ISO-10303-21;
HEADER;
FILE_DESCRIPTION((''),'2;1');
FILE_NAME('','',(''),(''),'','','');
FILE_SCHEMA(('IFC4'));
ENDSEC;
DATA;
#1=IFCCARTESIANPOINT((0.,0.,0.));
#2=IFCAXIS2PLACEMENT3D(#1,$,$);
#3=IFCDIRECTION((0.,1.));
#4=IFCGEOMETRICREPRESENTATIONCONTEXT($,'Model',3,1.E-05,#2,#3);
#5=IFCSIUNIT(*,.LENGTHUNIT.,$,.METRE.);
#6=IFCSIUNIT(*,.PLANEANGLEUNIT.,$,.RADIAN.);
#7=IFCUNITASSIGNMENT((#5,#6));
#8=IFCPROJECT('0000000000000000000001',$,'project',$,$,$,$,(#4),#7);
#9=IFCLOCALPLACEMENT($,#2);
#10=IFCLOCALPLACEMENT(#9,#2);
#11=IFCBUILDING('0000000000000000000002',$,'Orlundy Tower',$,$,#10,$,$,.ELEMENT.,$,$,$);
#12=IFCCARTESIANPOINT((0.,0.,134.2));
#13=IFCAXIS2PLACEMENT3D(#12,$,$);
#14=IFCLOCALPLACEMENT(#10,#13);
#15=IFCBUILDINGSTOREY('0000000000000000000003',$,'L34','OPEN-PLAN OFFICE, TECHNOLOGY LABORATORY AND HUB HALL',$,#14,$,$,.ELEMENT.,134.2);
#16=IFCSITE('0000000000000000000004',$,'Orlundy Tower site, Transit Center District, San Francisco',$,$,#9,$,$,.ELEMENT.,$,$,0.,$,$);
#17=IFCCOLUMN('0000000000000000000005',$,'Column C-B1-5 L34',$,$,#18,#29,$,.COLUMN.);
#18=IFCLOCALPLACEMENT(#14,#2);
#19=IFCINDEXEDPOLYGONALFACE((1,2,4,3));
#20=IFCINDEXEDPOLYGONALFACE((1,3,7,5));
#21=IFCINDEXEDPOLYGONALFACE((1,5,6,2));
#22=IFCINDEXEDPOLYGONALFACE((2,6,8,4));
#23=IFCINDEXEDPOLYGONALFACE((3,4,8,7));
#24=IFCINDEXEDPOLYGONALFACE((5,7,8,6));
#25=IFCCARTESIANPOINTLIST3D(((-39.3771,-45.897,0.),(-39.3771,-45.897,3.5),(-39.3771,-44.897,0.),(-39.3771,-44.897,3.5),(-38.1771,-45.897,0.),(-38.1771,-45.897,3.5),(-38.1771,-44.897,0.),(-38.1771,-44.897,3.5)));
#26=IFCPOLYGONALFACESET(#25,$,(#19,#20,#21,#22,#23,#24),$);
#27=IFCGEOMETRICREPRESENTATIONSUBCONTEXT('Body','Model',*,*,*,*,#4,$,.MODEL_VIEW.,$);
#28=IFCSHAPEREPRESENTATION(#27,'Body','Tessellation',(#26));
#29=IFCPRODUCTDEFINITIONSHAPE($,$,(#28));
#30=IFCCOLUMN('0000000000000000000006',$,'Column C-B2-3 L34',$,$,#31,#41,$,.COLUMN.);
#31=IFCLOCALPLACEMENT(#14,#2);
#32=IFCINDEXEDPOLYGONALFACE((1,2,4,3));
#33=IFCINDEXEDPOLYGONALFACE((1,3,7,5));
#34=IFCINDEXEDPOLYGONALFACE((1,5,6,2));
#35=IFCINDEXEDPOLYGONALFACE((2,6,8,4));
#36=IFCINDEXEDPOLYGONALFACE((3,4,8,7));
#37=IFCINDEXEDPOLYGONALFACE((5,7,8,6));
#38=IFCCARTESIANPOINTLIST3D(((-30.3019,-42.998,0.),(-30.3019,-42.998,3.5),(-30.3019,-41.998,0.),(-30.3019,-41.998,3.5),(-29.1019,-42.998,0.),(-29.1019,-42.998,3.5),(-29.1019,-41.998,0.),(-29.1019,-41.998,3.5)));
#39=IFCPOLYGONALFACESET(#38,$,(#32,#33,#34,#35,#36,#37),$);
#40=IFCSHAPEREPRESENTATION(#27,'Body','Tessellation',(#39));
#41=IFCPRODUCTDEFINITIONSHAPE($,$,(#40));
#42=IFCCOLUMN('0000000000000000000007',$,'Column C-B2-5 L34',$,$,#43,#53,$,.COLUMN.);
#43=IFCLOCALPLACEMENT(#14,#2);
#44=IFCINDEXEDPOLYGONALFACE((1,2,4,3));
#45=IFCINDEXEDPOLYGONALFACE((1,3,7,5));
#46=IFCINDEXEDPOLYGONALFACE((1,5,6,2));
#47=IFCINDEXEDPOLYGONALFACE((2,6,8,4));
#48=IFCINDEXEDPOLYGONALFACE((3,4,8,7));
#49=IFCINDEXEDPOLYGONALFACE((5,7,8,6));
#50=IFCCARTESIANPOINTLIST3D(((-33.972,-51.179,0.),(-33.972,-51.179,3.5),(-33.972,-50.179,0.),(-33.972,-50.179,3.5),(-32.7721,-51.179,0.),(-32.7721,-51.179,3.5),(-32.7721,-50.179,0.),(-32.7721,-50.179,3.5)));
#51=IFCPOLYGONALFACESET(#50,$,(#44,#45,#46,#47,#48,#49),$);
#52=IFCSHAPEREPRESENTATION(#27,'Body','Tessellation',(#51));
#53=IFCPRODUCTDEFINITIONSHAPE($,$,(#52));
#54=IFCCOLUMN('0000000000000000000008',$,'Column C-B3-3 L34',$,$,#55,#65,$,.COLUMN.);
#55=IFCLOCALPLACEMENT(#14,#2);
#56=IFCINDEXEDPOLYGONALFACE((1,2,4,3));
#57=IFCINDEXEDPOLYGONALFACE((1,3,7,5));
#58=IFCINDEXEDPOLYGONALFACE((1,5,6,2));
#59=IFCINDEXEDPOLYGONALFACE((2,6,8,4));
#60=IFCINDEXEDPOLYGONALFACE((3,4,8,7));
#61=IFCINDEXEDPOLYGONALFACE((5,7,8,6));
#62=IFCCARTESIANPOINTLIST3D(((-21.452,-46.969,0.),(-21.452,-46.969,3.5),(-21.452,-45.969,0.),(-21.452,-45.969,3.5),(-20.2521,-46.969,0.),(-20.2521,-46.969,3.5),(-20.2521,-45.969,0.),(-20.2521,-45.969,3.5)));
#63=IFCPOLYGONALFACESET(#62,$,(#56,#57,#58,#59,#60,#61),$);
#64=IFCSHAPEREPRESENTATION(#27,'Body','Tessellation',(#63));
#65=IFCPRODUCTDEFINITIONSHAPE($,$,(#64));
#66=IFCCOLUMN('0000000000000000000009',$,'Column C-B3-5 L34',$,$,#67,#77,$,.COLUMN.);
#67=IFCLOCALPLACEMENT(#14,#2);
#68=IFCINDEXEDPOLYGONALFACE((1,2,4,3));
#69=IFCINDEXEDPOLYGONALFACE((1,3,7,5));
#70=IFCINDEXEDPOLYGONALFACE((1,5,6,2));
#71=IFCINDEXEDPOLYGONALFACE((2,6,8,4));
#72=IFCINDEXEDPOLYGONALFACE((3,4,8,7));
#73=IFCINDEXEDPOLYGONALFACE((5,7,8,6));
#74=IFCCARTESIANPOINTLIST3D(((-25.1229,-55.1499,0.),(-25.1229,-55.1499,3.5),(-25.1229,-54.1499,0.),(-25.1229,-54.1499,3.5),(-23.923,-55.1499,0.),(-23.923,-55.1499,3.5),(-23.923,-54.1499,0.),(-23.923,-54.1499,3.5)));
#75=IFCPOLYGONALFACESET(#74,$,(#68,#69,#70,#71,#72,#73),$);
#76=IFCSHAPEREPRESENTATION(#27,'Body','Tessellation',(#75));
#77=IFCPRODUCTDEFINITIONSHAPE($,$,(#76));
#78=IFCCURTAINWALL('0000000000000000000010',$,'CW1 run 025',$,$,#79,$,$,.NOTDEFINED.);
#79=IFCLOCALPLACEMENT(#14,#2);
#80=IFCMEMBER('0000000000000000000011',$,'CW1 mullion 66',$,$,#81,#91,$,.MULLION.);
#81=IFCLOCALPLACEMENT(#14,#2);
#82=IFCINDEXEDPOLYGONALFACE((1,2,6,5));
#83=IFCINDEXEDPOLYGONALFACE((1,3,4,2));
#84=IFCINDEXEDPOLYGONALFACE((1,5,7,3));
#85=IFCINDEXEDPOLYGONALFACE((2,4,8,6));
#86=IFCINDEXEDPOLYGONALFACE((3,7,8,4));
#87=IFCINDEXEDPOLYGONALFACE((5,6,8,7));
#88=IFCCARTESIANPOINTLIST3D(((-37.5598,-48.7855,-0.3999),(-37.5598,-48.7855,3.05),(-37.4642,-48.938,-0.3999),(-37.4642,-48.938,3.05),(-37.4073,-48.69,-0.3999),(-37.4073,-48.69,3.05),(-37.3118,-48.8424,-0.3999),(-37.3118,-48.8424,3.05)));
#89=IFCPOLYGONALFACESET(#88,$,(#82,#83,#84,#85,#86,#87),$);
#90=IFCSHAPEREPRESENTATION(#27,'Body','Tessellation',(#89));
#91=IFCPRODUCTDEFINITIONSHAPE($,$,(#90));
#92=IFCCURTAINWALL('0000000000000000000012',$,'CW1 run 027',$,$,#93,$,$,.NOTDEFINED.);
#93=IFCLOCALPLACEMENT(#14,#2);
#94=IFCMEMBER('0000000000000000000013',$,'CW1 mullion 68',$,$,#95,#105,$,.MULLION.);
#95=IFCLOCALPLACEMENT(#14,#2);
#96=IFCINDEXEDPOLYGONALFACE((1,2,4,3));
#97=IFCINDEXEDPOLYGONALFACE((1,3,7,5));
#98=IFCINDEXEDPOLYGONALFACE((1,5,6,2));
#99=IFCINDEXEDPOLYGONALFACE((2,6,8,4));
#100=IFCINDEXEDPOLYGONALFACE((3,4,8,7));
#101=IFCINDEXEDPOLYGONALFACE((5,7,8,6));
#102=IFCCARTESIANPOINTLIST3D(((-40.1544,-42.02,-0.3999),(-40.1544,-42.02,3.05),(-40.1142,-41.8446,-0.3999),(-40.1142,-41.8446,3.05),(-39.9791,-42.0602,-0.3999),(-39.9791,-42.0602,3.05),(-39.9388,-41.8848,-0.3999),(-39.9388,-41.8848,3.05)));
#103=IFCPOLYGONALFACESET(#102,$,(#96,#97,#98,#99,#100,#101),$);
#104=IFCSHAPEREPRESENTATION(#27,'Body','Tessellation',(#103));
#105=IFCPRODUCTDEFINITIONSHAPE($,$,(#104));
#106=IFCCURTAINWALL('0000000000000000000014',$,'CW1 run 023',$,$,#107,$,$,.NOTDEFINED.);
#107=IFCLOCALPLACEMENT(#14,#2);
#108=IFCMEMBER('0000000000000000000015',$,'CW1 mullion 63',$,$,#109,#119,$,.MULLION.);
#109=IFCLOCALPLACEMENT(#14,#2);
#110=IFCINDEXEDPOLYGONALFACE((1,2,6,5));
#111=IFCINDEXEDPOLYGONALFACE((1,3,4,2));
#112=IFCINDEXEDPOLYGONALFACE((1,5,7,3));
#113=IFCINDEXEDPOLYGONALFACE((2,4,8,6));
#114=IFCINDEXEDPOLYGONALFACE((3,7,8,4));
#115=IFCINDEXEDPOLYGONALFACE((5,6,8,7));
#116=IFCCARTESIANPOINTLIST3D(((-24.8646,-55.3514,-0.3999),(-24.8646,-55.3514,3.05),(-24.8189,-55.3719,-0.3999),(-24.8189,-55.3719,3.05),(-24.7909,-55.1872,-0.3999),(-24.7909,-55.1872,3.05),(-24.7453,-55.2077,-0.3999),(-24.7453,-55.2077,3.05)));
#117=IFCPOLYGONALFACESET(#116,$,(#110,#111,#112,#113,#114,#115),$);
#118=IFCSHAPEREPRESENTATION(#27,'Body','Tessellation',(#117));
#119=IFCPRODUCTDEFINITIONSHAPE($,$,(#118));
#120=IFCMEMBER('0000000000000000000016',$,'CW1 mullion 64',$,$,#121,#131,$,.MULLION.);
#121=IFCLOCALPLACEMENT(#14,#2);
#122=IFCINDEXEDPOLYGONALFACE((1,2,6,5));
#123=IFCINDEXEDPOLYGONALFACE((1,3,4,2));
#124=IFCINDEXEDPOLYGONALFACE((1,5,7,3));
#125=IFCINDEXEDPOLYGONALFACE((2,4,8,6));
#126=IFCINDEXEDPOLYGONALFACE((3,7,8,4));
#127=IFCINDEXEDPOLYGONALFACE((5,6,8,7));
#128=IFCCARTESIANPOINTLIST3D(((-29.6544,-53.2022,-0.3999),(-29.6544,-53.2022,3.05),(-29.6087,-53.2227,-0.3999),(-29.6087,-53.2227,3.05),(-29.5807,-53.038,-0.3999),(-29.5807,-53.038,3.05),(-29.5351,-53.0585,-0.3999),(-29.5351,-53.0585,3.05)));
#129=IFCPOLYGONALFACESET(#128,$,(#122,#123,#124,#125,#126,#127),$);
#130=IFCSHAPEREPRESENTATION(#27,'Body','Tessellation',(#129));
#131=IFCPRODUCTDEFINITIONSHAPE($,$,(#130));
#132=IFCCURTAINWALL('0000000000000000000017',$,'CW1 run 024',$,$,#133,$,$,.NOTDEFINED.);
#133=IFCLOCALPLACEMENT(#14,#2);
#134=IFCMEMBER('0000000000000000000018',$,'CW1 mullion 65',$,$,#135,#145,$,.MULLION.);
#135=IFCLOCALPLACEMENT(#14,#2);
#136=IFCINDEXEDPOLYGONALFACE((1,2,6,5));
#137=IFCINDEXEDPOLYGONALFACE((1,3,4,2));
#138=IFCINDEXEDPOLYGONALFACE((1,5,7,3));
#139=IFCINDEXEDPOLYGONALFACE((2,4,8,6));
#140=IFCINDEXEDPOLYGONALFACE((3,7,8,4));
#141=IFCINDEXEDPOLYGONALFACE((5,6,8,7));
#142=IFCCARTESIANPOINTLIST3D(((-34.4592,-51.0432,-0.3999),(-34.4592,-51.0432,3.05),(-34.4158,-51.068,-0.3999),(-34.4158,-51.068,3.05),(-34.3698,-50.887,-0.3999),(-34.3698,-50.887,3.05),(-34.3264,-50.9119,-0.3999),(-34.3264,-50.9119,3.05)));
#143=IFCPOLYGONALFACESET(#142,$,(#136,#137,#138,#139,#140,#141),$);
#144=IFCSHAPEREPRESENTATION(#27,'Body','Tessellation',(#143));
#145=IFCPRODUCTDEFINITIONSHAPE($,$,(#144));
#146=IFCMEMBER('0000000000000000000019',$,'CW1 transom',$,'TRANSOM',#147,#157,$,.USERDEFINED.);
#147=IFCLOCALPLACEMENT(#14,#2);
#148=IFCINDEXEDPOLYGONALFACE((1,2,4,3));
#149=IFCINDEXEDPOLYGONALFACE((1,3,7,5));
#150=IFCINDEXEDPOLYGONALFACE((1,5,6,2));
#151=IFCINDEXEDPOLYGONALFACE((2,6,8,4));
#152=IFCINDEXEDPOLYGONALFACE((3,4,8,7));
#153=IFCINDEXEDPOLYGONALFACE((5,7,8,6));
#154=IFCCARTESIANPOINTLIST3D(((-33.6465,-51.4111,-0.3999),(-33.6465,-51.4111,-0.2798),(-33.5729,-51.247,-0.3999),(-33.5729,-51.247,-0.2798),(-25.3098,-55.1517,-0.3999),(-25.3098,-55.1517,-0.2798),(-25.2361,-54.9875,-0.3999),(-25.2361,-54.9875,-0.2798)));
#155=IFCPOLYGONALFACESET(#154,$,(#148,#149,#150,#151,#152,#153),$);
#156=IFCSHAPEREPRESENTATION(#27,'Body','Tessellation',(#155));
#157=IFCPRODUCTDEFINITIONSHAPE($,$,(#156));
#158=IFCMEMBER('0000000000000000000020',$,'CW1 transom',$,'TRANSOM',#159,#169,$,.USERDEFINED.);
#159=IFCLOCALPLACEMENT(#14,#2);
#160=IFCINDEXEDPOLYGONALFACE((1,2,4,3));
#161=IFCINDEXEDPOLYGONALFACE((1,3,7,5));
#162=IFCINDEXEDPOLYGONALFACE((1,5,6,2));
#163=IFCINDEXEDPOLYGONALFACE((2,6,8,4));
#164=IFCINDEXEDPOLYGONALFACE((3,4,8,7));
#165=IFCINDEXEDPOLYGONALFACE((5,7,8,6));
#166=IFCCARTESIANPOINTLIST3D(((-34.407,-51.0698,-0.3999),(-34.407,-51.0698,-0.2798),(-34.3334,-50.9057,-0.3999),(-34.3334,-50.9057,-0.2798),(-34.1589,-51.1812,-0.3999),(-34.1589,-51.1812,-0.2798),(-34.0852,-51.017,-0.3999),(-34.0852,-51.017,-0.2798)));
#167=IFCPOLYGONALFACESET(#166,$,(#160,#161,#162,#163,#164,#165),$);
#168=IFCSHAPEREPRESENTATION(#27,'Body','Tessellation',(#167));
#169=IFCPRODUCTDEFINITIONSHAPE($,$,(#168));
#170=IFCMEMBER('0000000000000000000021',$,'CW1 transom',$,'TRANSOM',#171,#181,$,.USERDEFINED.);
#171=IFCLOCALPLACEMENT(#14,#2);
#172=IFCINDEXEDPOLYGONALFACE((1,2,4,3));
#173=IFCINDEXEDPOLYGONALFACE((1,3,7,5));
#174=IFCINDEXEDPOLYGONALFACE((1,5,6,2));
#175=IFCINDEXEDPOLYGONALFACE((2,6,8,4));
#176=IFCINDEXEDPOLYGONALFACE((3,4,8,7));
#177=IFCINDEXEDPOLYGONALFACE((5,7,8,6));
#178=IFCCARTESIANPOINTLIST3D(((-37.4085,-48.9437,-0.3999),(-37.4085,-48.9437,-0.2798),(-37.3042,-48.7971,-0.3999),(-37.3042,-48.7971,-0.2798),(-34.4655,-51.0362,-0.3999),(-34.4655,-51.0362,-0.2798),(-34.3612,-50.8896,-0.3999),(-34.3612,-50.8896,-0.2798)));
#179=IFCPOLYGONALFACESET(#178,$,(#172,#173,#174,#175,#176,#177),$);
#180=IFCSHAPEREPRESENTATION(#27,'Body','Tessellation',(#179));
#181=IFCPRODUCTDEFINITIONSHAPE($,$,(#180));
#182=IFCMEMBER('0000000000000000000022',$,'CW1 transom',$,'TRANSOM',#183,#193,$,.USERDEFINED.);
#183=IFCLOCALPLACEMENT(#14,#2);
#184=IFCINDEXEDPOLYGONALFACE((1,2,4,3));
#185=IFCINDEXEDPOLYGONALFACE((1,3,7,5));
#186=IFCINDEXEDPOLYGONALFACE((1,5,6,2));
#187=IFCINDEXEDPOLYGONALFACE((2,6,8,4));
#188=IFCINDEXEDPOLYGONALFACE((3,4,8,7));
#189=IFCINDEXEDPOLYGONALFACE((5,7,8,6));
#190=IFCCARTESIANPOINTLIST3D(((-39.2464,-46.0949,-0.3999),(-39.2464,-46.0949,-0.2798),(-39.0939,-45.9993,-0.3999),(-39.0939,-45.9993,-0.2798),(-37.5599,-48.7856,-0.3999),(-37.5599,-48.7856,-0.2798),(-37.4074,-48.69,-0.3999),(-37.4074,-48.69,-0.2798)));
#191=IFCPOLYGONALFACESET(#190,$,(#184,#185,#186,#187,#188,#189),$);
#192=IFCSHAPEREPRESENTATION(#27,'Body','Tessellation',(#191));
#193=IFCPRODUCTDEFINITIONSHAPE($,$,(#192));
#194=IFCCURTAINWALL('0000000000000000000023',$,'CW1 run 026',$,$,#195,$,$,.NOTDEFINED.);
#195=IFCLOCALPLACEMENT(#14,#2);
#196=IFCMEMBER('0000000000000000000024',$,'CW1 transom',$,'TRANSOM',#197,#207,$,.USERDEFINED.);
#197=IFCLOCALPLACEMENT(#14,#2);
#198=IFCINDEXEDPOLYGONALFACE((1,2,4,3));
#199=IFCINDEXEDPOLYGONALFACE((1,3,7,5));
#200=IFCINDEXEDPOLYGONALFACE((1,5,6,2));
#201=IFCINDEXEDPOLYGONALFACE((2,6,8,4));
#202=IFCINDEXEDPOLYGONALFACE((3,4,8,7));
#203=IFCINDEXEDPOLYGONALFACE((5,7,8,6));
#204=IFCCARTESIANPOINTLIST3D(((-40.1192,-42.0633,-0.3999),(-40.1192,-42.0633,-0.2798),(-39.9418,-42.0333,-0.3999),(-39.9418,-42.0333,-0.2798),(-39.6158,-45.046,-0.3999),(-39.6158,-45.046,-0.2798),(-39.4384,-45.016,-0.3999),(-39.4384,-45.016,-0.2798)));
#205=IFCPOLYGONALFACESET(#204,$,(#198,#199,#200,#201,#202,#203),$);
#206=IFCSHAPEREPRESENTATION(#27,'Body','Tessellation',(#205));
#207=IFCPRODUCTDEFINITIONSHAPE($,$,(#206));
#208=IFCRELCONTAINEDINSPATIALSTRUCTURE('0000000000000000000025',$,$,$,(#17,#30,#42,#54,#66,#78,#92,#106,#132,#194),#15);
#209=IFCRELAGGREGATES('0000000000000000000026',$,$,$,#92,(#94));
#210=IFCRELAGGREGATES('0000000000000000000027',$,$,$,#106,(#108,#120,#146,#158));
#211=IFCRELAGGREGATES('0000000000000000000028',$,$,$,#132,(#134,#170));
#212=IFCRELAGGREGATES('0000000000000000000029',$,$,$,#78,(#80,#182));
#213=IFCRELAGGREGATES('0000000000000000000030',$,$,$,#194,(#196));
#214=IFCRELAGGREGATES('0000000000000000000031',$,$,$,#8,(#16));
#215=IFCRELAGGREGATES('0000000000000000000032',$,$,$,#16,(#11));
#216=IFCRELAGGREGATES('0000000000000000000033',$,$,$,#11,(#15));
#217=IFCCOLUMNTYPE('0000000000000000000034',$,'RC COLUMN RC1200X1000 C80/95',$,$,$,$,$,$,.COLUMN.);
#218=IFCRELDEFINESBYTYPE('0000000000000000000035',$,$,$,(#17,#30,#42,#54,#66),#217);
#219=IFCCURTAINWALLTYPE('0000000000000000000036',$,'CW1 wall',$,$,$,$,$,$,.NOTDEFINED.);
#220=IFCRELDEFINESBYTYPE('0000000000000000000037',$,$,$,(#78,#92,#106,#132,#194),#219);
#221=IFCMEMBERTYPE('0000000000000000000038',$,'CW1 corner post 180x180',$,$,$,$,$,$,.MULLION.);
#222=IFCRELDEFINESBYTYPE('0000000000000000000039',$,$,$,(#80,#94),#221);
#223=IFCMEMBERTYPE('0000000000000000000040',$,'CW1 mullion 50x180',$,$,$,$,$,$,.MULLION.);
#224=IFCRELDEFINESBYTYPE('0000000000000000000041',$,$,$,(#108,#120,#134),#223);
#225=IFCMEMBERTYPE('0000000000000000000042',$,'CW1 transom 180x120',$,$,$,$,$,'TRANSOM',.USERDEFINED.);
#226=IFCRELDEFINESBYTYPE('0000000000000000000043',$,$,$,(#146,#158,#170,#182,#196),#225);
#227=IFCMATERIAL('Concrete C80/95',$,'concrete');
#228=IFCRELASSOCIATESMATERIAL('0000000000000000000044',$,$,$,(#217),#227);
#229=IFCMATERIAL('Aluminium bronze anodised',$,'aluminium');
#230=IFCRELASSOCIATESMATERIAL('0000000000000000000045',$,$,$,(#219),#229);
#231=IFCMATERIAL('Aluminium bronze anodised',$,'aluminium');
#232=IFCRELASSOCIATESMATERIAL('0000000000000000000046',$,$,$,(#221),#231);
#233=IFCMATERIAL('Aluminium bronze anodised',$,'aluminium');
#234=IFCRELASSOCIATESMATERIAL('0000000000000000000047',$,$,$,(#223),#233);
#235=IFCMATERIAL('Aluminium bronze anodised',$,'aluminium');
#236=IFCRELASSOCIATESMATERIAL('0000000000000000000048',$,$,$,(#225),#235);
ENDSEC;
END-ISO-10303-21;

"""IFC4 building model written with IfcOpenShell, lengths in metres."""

from ifc_helpers import new_model, si_unit, direction, frame, origin, origin_2d, place, context, subcontext, project, spatial, rectangle, extrude, material, material_profile, profile_set, type_object, element, aggregate, save


model = new_model("IFC4")

# Units and contexts
model_context = context("Model", 3, precision=1e-05, world=origin(), true_north=direction((0.0, 1.0)))
body_context = subcontext(model_context, "Body", "Model", "MODEL_VIEW")
ifc_project = project(units=[si_unit("LENGTHUNIT", "METRE"), si_unit("PLANEANGLEUNIT", "RADIAN")], contexts=[model_context])

# Site, building, storey
site_placement = place(None, origin())
site = spatial("IfcSite", under=ifc_project, at=site_placement, Name="Orlundy Tower site, Transit Center District, San Francisco", CompositionType="ELEMENT", RefElevation=0.0)
building_placement = place(site_placement, origin())
building = spatial("IfcBuilding", under=site, at=building_placement, Name="Orlundy Tower", CompositionType="ELEMENT")
storey_placement = place(building_placement, frame((0.0, 0.0, 134.2)))
storey = spatial("IfcBuildingStorey", under=building, at=storey_placement, Name="L34", Description="OPEN-PLAN OFFICE, TECHNOLOGY LABORATORY AND HUB HALL", CompositionType="ELEMENT", Elevation=134.2)

# Columns
ifc_material_1 = material(Name="Concrete C80/95", Category="concrete")
ifc_material_profile_1 = material_profile(ifc_material_1, rectangle(XDim=1.2, YDim=1.0, at=origin_2d()), Name="RC1200X1000")
ifc_profile_set_1 = profile_set([ifc_material_profile_1], Name="Concrete C80/95")
column_type = type_object("IfcColumnType", Name="RC COLUMN RC1200X1000 C80/95", PredefinedType="COLUMN", material=ifc_profile_set_1)
for number, where, z_axis, x_axis, name in (
    (1, (-38.7771, -45.397, 0.0), (0.0, 0.0, 1.0), (1.0, 0.0, 0.0), "Column C-B1-5 L34"),
    (2, (-29.7019, -42.498, 0.0), (0.0, 0.0, 1.0), (1.0, 0.0, 0.0), "Column C-B2-3 L34"),
    (3, (-33.3721, -50.679, 0.0), (0.0, 0.0, 1.0), (1.0, 0.0, 0.0), "Column C-B2-5 L34"),
    (4, (-20.8521, -46.469, 0.0), (0.0, 0.0, 1.0), (1.0, 0.0, 0.0), "Column C-B3-3 L34"),
    (5, (-24.5229, -54.6499, 0.0), (0.0, 0.0, 1.0), (1.0, 0.0, 0.0), "Column C-B3-5 L34"),
):
    element("IfcColumn", number, at=place(storey_placement, frame(where, z_axis=z_axis, x_axis=x_axis)), inside=storey, type_object=column_type, Name=name, PredefinedType="COLUMN", context=body_context, shape_type="SweptSolid", body=[
        extrude(rectangle(XDim=1.2, YDim=1.0, at=origin_2d()), origin(), (0.0, 0.0, 1.0), 3.5),
    ])

# Curtain walls, members
ifc_material_2 = material(Name="Aluminium bronze anodised", Category="aluminium")
curtain_wall_type = type_object("IfcCurtainWallType", Name="CW1 wall", PredefinedType="NOTDEFINED", material=ifc_material_2)
curtain_wall_1_placement = place(storey_placement, origin())
curtain_wall_1 = element("IfcCurtainWall", 6, at=curtain_wall_1_placement, inside=storey, type_object=curtain_wall_type, Name="CW1 run 025", PredefinedType="NOTDEFINED")
ifc_material_3 = material(Name="Aluminium bronze anodised", Category="aluminium")
ifc_material_profile_2 = material_profile(ifc_material_3, rectangle(XDim=0.1799, YDim=0.1799, at=origin_2d()), Name="CW1 corner post 180x180")
ifc_profile_set_2 = profile_set([ifc_material_profile_2], Name="Aluminium bronze anodised")
member_type_1 = type_object("IfcMemberType", Name="CW1 corner post 180x180", PredefinedType="MULLION", material=ifc_profile_set_2)
member_1_placement = place(storey_placement, frame((-37.4358, -48.814, -0.3999), z_axis=(0.0, 0.0, 1.0), x_axis=(-0.847285, -0.531138, 0.0)))
member_1 = element("IfcMember", 7, at=member_1_placement, type_object=member_type_1, Name="CW1 mullion 66", PredefinedType="MULLION", context=body_context, shape_type="SweptSolid", body=[
    extrude(rectangle(XDim=0.1799, YDim=0.1799, at=origin_2d()), origin(), (0.0, 0.0, 1.0), 3.45),
])
curtain_wall_2_placement = place(storey_placement, origin())
curtain_wall_2 = element("IfcCurtainWall", 8, at=curtain_wall_2_placement, inside=storey, type_object=curtain_wall_type, Name="CW1 run 027", PredefinedType="NOTDEFINED")
member_2_placement = place(storey_placement, frame((-40.0466, -41.9524, -0.3999), z_axis=(0.0, 0.0, 1.0), x_axis=(-0.974672, 0.223638, 0.0)))
member_2 = element("IfcMember", 9, at=member_2_placement, type_object=member_type_1, Name="CW1 mullion 68", PredefinedType="MULLION", context=body_context, shape_type="SweptSolid", body=[
    extrude(rectangle(XDim=0.1799, YDim=0.1799, at=origin_2d()), origin(), (0.0, 0.0, 1.0), 3.45),
])
aggregate(curtain_wall_2, [member_2])

# Curtain wall, members
curtain_wall_3_placement = place(storey_placement, origin())
curtain_wall_3 = element("IfcCurtainWall", 10, at=curtain_wall_3_placement, inside=storey, type_object=curtain_wall_type, Name="CW1 run 023", PredefinedType="NOTDEFINED")
ifc_material_4 = material(Name="Aluminium bronze anodised", Category="aluminium")
ifc_material_profile_3 = material_profile(ifc_material_4, rectangle(XDim=0.1799, YDim=0.05, at=origin_2d()), Name="CW1 mullion 50x180")
ifc_profile_set_3 = profile_set([ifc_material_profile_3], Name="Aluminium bronze anodised")
member_type_2 = type_object("IfcMemberType", Name="CW1 mullion 50x180", PredefinedType="MULLION", material=ifc_profile_set_3)
member_3_placement = place(storey_placement, frame((-24.8049, -55.2795, -0.3999), z_axis=(0.0, 0.0, 1.0), x_axis=(-0.409374, -0.912366, 0.0)))
member_3 = element("IfcMember", 11, at=member_3_placement, type_object=member_type_2, Name="CW1 mullion 63", PredefinedType="MULLION", context=body_context, shape_type="SweptSolid", body=[
    extrude(rectangle(XDim=0.1799, YDim=0.05, at=origin_2d()), origin(), (0.0, 0.0, 1.0), 3.45),
])
member_4_placement = place(storey_placement, frame((-29.5947, -53.1304, -0.3999), z_axis=(0.0, 0.0, 1.0), x_axis=(-0.409374, -0.912366, 0.0)))
member_4 = element("IfcMember", 12, at=member_4_placement, type_object=member_type_2, Name="CW1 mullion 64", PredefinedType="MULLION", context=body_context, shape_type="SweptSolid", body=[
    extrude(rectangle(XDim=0.1799, YDim=0.05, at=origin_2d()), origin(), (0.0, 0.0, 1.0), 3.45),
])

# Curtain wall, member
curtain_wall_4_placement = place(storey_placement, origin())
curtain_wall_4 = element("IfcCurtainWall", 13, at=curtain_wall_4_placement, inside=storey, type_object=curtain_wall_type, Name="CW1 run 024", PredefinedType="NOTDEFINED")
member_5_placement = place(storey_placement, frame((-34.3928, -50.9775, -0.3999), z_axis=(0.0, 0.0, 1.0), x_axis=(-0.496817, -0.867855, 0.0)))
member_5 = element("IfcMember", 14, at=member_5_placement, type_object=member_type_2, Name="CW1 mullion 65", PredefinedType="MULLION", context=body_context, shape_type="SweptSolid", body=[
    extrude(rectangle(XDim=0.1799, YDim=0.05, at=origin_2d()), origin(), (0.0, 0.0, 1.0), 3.45),
])

# Members
ifc_material_5 = material(Name="Aluminium bronze anodised", Category="aluminium")
ifc_material_profile_4 = material_profile(ifc_material_5, rectangle(XDim=0.1799, YDim=0.1201, at=origin_2d()), Name="CW1 transom 180x120")
ifc_profile_set_4 = profile_set([ifc_material_profile_4], Name="Aluminium bronze anodised")
member_type_3 = type_object("IfcMemberType", Name="CW1 transom 180x120", ElementType="TRANSOM", PredefinedType="USERDEFINED", material=ifc_profile_set_4)
member_6_placement = place(storey_placement, frame((-25.2729, -55.0696, -0.3398), z_axis=(-0.912372, 0.409361, 0.0), x_axis=(-0.409361, -0.912372, 0.0)))
member_6 = element("IfcMember", 15, at=member_6_placement, type_object=member_type_3, Name="CW1 transom", ObjectType="TRANSOM", PredefinedType="USERDEFINED", context=body_context, shape_type="SweptSolid", body=[
    extrude(rectangle(XDim=0.1799, YDim=0.1201, at=origin_2d()), origin(), (0.0, 0.0, 1.0), 9.1375),
])
member_7_placement = place(storey_placement, frame((-34.1221, -51.0991, -0.3398), z_axis=(-0.912324, 0.409468, 0.0), x_axis=(-0.409468, -0.912324, 0.0)))
member_7 = element("IfcMember", 16, at=member_7_placement, type_object=member_type_3, Name="CW1 transom", ObjectType="TRANSOM", PredefinedType="USERDEFINED", context=body_context, shape_type="SweptSolid", body=[
    extrude(rectangle(XDim=0.1799, YDim=0.1201, at=origin_2d()), origin(), (0.0, 0.0, 1.0), 0.272),
])
member_8_placement = place(storey_placement, frame((-34.4133, -50.9629, -0.3398), z_axis=(-0.815001, 0.579459, 0.0), x_axis=(-0.579459, -0.815001, 0.0)))
member_8 = element("IfcMember", 17, at=member_8_placement, type_object=member_type_3, Name="CW1 transom", ObjectType="TRANSOM", PredefinedType="USERDEFINED", context=body_context, shape_type="SweptSolid", body=[
    extrude(rectangle(XDim=0.1799, YDim=0.1201, at=origin_2d()), origin(), (0.0, 0.0, 1.0), 3.6111),
])
member_9_placement = place(storey_placement, frame((-37.4836, -48.7378, -0.3398), z_axis=(-0.531097, 0.847311, 0.0), x_axis=(-0.847311, -0.531097, 0.0)))
member_9 = element("IfcMember", 18, at=member_9_placement, type_object=member_type_3, Name="CW1 transom", ObjectType="TRANSOM", PredefinedType="USERDEFINED", context=body_context, shape_type="SweptSolid", body=[
    extrude(rectangle(XDim=0.1799, YDim=0.1201, at=origin_2d()), origin(), (0.0, 0.0, 1.0), 3.1755),
])

# Curtain wall, member
curtain_wall_5_placement = place(storey_placement, origin())
curtain_wall_5 = element("IfcCurtainWall", 19, at=curtain_wall_5_placement, inside=storey, type_object=curtain_wall_type, Name="CW1 run 026", PredefinedType="NOTDEFINED")
member_10_placement = place(storey_placement, frame((-39.5271, -45.031, -0.3398), z_axis=(-0.166427, 0.986054, 0.0), x_axis=(-0.986054, -0.166427, 0.0)))
member_10 = element("IfcMember", 20, at=member_10_placement, type_object=member_type_3, Name="CW1 transom", ObjectType="TRANSOM", PredefinedType="USERDEFINED", context=body_context, shape_type="SweptSolid", body=[
    extrude(rectangle(XDim=0.1799, YDim=0.1201, at=origin_2d()), origin(), (0.0, 0.0, 1.0), 3.0249),
])

aggregate(curtain_wall_3, [member_3, member_4, member_6, member_7])
aggregate(curtain_wall_4, [member_5, member_8])
aggregate(curtain_wall_1, [member_1, member_9])
aggregate(curtain_wall_5, [member_10])

save(model, "model.ifc")
